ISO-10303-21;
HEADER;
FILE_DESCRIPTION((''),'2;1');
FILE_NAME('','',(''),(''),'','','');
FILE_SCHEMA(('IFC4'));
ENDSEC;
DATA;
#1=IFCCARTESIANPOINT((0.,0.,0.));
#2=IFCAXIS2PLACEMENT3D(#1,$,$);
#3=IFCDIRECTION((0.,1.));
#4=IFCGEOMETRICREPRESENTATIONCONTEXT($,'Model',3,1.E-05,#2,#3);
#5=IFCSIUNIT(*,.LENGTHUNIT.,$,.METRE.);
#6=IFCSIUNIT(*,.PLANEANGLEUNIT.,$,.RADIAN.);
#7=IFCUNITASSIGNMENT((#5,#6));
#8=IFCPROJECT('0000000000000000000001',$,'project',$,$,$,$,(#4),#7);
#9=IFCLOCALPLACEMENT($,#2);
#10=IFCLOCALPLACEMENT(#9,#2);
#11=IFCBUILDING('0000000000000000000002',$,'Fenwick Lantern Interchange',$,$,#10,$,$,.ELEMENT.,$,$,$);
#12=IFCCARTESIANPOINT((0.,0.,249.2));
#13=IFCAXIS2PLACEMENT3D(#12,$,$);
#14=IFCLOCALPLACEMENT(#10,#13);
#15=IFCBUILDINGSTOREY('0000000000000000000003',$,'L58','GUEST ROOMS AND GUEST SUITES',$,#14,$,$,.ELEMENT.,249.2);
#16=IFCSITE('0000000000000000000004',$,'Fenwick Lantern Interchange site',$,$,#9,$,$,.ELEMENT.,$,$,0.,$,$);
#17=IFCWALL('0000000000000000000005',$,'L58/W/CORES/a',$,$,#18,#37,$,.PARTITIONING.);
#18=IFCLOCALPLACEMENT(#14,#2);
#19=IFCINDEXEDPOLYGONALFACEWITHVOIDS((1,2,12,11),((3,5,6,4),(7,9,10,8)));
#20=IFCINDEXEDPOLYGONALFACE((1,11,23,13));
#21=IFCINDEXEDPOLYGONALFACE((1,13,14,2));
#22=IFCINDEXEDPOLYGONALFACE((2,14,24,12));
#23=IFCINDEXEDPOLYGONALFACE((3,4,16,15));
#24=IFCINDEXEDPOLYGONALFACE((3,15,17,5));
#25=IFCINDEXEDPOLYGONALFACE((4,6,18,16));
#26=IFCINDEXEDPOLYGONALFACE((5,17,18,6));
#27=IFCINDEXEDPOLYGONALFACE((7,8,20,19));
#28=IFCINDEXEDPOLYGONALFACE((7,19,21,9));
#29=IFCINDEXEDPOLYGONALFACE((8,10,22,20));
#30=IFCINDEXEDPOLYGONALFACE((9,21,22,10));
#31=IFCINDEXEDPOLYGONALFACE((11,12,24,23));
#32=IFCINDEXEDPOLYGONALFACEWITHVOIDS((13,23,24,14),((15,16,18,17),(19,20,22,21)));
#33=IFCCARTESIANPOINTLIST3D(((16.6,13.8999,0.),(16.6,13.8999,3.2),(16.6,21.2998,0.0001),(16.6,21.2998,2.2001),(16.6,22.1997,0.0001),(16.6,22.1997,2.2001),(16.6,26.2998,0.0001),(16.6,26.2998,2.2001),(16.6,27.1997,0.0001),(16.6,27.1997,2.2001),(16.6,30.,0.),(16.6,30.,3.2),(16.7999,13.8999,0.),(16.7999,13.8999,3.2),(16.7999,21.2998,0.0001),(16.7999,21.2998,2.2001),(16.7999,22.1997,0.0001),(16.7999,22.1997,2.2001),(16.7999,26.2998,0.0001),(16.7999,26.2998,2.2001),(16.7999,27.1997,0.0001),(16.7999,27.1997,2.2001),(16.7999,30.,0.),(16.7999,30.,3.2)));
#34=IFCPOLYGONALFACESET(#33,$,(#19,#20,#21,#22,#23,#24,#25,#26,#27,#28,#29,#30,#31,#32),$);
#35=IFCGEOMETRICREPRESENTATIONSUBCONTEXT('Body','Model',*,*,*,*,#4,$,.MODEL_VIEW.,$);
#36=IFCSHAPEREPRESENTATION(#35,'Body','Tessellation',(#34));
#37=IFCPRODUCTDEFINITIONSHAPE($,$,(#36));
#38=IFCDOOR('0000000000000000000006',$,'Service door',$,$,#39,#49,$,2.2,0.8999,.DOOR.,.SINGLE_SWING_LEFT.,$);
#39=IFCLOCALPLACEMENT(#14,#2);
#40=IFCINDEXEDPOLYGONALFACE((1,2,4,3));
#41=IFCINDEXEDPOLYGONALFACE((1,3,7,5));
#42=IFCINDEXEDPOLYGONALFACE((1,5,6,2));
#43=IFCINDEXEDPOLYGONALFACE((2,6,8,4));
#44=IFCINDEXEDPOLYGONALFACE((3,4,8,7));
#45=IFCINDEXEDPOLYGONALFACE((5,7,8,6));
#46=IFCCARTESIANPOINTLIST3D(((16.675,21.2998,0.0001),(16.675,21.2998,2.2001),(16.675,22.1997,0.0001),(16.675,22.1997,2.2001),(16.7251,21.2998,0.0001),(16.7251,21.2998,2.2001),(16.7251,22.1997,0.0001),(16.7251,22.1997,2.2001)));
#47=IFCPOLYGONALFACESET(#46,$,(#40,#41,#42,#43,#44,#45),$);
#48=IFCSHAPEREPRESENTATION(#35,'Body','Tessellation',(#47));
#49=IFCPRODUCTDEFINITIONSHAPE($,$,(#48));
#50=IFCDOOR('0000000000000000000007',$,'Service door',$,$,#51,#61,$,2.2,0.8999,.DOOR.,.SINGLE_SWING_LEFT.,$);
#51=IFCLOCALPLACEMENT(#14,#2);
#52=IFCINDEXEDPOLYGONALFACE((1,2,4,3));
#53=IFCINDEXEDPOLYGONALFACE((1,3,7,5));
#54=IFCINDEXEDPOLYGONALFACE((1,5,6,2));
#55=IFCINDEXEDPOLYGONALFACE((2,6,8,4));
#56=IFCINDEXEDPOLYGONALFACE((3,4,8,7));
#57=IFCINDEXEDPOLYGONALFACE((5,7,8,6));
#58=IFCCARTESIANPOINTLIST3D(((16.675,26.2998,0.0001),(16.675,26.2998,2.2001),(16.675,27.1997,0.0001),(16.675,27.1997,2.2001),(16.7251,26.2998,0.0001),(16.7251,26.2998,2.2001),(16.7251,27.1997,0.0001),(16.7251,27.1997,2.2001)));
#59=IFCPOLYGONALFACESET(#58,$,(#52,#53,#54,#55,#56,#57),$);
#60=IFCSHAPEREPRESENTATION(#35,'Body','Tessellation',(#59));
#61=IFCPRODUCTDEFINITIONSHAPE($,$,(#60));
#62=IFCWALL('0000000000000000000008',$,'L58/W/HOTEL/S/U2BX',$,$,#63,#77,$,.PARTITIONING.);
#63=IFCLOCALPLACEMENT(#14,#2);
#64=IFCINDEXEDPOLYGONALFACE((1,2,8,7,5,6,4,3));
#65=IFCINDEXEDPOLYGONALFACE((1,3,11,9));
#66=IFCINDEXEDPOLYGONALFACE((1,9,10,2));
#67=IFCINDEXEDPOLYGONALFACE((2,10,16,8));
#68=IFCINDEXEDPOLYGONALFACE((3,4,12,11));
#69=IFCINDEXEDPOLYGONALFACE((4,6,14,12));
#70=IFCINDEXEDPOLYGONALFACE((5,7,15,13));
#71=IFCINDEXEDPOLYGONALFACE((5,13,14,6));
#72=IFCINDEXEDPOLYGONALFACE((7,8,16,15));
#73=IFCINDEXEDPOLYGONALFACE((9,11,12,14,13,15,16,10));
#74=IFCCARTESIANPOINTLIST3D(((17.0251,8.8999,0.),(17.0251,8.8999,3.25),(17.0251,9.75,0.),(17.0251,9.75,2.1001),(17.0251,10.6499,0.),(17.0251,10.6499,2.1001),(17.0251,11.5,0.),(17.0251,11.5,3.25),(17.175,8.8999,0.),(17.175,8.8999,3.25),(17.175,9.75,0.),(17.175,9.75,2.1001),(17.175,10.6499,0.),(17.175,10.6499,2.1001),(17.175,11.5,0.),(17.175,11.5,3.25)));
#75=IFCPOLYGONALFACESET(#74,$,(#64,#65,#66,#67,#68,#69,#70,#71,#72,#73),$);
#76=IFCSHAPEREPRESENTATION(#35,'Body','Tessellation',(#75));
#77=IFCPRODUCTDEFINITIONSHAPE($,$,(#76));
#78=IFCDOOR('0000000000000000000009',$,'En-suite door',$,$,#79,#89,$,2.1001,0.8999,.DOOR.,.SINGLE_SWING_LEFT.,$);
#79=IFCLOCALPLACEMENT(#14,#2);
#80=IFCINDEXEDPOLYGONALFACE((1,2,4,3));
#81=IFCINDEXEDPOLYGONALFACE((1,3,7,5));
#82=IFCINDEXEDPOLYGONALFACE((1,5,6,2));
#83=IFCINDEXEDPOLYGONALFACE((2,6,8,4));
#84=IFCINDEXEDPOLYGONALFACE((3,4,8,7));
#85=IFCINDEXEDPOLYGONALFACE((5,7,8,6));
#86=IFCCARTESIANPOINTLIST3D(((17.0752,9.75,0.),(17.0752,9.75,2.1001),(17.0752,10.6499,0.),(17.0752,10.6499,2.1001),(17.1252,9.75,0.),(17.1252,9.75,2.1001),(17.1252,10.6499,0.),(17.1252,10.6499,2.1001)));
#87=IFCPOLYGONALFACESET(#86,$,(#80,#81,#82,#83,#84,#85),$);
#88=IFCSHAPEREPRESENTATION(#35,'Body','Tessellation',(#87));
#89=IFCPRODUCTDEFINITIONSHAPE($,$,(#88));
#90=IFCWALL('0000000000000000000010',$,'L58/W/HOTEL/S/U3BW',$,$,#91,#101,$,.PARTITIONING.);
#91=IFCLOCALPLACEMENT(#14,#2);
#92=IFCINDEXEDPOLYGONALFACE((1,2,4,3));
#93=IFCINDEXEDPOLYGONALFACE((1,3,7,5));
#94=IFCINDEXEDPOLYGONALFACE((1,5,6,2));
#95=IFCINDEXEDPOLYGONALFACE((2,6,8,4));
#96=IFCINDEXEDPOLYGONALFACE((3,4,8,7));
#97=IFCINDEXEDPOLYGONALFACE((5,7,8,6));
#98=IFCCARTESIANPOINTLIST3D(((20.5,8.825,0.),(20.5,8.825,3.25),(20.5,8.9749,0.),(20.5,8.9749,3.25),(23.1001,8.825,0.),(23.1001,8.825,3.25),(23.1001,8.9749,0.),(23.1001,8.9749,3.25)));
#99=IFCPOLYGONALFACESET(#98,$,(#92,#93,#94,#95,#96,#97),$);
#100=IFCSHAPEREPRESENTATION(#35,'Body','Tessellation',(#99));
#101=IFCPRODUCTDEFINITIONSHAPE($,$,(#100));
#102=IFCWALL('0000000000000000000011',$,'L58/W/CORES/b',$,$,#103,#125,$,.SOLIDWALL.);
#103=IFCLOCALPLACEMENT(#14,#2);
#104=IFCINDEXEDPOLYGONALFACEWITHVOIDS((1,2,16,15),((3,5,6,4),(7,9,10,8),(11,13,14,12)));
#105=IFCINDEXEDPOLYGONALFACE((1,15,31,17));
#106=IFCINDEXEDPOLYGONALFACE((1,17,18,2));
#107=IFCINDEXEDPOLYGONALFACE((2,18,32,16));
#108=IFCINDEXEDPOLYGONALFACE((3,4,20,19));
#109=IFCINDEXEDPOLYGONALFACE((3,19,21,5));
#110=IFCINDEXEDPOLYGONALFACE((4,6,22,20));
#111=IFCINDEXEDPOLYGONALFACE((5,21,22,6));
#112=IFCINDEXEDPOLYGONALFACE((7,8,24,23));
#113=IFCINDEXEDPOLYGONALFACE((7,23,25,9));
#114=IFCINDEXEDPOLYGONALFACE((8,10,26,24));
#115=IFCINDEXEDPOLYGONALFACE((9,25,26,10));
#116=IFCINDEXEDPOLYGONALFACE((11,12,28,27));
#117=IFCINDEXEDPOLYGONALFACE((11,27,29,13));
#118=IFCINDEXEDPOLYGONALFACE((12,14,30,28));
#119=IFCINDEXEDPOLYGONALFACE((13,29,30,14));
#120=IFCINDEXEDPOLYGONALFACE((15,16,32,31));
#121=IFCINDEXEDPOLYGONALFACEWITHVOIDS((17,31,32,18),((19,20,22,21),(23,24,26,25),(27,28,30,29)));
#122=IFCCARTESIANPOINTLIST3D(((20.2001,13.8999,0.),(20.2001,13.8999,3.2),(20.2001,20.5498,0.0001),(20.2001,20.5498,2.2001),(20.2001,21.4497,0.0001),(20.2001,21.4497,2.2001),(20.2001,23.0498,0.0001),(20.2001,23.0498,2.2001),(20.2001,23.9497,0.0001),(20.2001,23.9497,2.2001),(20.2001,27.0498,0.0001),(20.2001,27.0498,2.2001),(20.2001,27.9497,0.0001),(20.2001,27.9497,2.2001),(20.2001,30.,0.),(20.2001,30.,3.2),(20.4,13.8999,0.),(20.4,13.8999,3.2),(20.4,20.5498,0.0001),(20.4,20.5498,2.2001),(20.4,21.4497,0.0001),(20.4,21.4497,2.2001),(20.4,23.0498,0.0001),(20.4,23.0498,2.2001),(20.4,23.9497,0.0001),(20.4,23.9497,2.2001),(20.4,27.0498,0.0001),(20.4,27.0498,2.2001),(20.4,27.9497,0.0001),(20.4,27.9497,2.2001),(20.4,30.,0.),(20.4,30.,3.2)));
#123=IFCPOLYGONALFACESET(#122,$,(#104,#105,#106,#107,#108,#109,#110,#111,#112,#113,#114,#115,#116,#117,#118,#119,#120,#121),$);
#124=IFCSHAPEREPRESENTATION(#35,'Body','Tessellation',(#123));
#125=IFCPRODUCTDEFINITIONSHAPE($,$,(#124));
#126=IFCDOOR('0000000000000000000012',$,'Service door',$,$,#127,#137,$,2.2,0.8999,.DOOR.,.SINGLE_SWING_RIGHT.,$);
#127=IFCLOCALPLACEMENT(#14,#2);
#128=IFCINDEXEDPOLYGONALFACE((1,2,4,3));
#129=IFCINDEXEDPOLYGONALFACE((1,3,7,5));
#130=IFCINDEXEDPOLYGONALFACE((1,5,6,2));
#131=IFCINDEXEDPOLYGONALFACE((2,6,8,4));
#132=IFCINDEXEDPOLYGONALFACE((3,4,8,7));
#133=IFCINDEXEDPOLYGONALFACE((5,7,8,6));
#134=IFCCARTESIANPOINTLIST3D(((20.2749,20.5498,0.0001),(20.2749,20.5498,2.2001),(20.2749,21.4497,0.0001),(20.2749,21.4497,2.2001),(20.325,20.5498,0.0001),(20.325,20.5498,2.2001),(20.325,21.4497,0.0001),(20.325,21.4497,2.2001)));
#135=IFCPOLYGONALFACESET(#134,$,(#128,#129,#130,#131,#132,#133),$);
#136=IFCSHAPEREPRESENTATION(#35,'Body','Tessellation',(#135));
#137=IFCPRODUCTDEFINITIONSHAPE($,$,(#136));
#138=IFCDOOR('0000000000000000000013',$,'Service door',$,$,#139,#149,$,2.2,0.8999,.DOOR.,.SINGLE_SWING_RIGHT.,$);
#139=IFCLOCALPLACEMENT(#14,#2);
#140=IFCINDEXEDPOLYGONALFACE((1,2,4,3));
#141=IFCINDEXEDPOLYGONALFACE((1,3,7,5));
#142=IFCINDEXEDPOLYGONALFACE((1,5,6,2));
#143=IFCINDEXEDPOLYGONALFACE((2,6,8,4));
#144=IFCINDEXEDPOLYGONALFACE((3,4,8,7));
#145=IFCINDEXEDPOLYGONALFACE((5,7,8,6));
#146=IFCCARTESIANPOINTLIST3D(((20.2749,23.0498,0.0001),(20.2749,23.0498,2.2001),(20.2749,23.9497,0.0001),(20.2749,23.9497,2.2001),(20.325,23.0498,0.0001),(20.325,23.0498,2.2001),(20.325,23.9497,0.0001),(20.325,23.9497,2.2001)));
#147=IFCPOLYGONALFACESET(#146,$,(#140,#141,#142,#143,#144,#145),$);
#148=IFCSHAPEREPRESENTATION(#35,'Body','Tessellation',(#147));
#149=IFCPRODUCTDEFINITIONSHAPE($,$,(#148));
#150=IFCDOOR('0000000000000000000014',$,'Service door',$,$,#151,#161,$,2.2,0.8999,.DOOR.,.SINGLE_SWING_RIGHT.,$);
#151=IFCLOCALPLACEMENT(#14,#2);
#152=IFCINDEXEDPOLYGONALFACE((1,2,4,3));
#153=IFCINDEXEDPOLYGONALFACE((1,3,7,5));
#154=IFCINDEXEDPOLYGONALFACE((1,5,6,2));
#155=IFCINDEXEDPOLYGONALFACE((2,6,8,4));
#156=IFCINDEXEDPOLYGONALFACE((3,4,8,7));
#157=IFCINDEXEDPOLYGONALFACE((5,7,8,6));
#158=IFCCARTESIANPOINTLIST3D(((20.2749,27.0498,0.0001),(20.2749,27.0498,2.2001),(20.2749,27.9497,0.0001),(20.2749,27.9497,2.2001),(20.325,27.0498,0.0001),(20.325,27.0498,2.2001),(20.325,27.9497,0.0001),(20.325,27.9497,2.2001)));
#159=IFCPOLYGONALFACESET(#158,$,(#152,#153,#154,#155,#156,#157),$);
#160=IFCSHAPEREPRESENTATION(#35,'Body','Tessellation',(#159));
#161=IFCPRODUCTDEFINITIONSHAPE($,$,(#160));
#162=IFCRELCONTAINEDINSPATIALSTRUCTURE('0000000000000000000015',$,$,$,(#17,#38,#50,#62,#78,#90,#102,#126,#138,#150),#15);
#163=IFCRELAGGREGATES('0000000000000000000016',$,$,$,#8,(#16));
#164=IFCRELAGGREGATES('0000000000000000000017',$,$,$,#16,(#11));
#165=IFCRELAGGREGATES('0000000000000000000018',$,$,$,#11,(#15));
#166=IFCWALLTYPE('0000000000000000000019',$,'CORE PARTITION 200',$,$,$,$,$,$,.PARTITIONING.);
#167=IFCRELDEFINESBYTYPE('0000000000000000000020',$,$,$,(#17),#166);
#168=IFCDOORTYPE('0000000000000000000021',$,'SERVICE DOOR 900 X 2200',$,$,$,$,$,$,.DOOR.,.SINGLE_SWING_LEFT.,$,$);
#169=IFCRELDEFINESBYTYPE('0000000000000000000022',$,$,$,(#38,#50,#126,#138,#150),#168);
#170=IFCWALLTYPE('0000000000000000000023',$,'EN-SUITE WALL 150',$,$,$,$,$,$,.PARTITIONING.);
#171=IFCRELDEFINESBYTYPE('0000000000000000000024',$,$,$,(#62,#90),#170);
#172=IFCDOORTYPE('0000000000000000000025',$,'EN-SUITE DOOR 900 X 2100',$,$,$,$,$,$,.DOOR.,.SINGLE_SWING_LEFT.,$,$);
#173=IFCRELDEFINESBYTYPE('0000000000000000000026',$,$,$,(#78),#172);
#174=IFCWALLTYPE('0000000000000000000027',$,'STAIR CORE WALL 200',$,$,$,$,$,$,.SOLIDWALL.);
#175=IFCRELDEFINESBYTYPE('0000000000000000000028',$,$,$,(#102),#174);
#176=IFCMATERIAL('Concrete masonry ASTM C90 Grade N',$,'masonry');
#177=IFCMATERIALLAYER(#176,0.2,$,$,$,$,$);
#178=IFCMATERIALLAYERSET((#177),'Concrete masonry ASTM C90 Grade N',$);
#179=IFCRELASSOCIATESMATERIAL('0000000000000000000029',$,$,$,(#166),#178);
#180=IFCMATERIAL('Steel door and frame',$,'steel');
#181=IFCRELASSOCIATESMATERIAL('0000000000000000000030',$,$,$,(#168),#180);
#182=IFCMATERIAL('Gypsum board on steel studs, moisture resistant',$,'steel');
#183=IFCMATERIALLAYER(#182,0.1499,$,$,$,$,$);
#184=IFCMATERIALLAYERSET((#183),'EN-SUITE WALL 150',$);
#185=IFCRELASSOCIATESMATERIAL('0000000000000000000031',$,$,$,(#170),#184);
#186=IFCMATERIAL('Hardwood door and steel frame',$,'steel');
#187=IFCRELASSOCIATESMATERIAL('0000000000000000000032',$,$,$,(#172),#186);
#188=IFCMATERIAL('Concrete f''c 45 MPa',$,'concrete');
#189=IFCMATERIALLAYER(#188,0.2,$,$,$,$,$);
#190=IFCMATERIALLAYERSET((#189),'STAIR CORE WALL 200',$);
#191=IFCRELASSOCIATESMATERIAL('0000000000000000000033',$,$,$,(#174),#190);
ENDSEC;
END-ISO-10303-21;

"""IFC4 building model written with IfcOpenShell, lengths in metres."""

from ifc_helpers import new_model, si_unit, direction, frame, frame_2d, origin, place, context, subcontext, project, spatial, rectangle, extrude, material, layer, layer_set, type_object, element, fill, save


model = new_model("IFC4")

# Units and contexts
model_context = context("Model", 3, precision=1e-05, world=origin(), true_north=direction((0.0, 1.0)))
body_context = subcontext(model_context, "Body", "Model", "MODEL_VIEW")
ifc_project = project(units=[si_unit("LENGTHUNIT", "METRE"), si_unit("PLANEANGLEUNIT", "RADIAN")], contexts=[model_context])

# Site, building, storey
site_placement = place(None, origin())
site = spatial("IfcSite", under=ifc_project, at=site_placement, Name="Fenwick Lantern Interchange site", CompositionType="ELEMENT", RefElevation=0.0)
building_placement = place(site_placement, origin())
building = spatial("IfcBuilding", under=site, at=building_placement, Name="Fenwick Lantern Interchange", CompositionType="ELEMENT")
storey_placement = place(building_placement, frame((0.0, 0.0, 249.2)))
storey = spatial("IfcBuildingStorey", under=building, at=storey_placement, Name="L58", Description="GUEST ROOMS AND GUEST SUITES", CompositionType="ELEMENT", Elevation=249.2)

# Wall, openings, doors
ifc_material_1 = material(Name="Concrete masonry ASTM C90 Grade N", Category="masonry")
ifc_layer_1 = layer(ifc_material_1, 0.2)
ifc_layer_set_1 = layer_set([ifc_layer_1], Name="Concrete masonry ASTM C90 Grade N")
wall_type_1 = type_object("IfcWallType", Name="CORE PARTITION 200", PredefinedType="PARTITIONING", material=ifc_layer_set_1)
wall_1_placement = place(storey_placement, frame((16.7, 13.8999, 0.0), z_axis=(0.0, 0.0, 1.0), x_axis=(0.0, 1.0, 0.0)))
wall_1 = element("IfcWall", 1, at=wall_1_placement, inside=storey, type_object=wall_type_1, Name="L58/W/CORES/a", PredefinedType="PARTITIONING", context=body_context, shape_type="SweptSolid", body=[
    extrude(rectangle(XDim=16.1001, YDim=0.2, at=frame_2d((8.05, 0.0))), origin(), (0.0, 0.0, 1.0), 3.2),
])
opening_1_placement = place(wall_1_placement, frame((7.3999, 0.0, 0.0)))
opening_1 = element("IfcOpeningElement", 2, at=opening_1_placement, cuts=wall_1, PredefinedType="OPENING", context=body_context, shape_type="SweptSolid", body=[
    extrude(rectangle(XDim=0.8999, YDim=2.2, at=frame_2d((0.45, 1.1001))), frame((0.0, 0.1099, 0.0), z_axis=(0.0, -1.0, 0.0), x_axis=(1.0, 0.0, 0.0)), (0.0, 0.0, 1.0), 0.22),
])
opening_2_placement = place(wall_1_placement, frame((12.3999, 0.0, 0.0)))
opening_2 = element("IfcOpeningElement", 3, at=opening_2_placement, cuts=wall_1, PredefinedType="OPENING", context=body_context, shape_type="SweptSolid", body=[
    extrude(rectangle(XDim=0.8999, YDim=2.2, at=frame_2d((0.45, 1.1001))), frame((0.0, 0.1099, 0.0), z_axis=(0.0, -1.0, 0.0), x_axis=(1.0, 0.0, 0.0)), (0.0, 0.0, 1.0), 0.22),
])
ifc_material_2 = material(Name="Steel door and frame", Category="steel")
door_type_1 = type_object("IfcDoorType", Name="SERVICE DOOR 900 X 2200", OperationType="SINGLE_SWING_LEFT", PredefinedType="DOOR", material=ifc_material_2)
door_1_placement = place(opening_1_placement, origin())
door_1 = element("IfcDoor", 4, at=door_1_placement, inside=storey, type_object=door_type_1, Name="Service door", OperationType="SINGLE_SWING_LEFT", OverallHeight=2.2, OverallWidth=0.8999, PredefinedType="DOOR", context=body_context, shape_type="SweptSolid", body=[
    extrude(rectangle(XDim=0.8999, YDim=2.2, at=frame_2d((0.45, 1.1001))), frame((0.0, 0.0249, 0.0), z_axis=(0.0, -1.0, 0.0), x_axis=(1.0, 0.0, 0.0)), (0.0, 0.0, 1.0), 0.05),
])
fill(opening_1, door_1)
door_2_placement = place(opening_2_placement, origin())
door_2 = element("IfcDoor", 5, at=door_2_placement, inside=storey, type_object=door_type_1, Name="Service door", OperationType="SINGLE_SWING_LEFT", OverallHeight=2.2, OverallWidth=0.8999, PredefinedType="DOOR", context=body_context, shape_type="SweptSolid", body=[
    extrude(rectangle(XDim=0.8999, YDim=2.2, at=frame_2d((0.45, 1.1001))), frame((0.0, 0.0249, 0.0), z_axis=(0.0, -1.0, 0.0), x_axis=(1.0, 0.0, 0.0)), (0.0, 0.0, 1.0), 0.05),
])
fill(opening_2, door_2)
ifc_material_3 = material(Name="Hardwood door and steel frame", Category="steel")

# Wall, opening, door
ifc_material_4 = material(Name="Gypsum board on steel studs, moisture resistant", Category="steel")
ifc_layer_2 = layer(ifc_material_4, 0.1499)
ifc_layer_set_2 = layer_set([ifc_layer_2], Name="EN-SUITE WALL 150")
wall_type_2 = type_object("IfcWallType", Name="EN-SUITE WALL 150", PredefinedType="PARTITIONING", material=ifc_layer_set_2)
wall_2_placement = place(storey_placement, frame((17.1001, 8.8999, 0.0), z_axis=(0.0, 0.0, 1.0), x_axis=(0.0, 1.0, 0.0)))
wall_2 = element("IfcWall", 6, at=wall_2_placement, inside=storey, type_object=wall_type_2, Name="L58/W/HOTEL/S/U2BX", PredefinedType="PARTITIONING", context=body_context, shape_type="SweptSolid", body=[
    extrude(rectangle(XDim=2.6001, YDim=0.1499, at=frame_2d((1.3, 0.0))), origin(), (0.0, 0.0, 1.0), 3.25),
])
opening_3_placement = place(wall_2_placement, frame((0.8501, 0.0, 0.0)))
opening_3 = element("IfcOpeningElement", 7, at=opening_3_placement, cuts=wall_2, PredefinedType="OPENING", context=body_context, shape_type="SweptSolid", body=[
    extrude(rectangle(XDim=0.8999, YDim=2.1001, at=frame_2d((0.45, 1.05))), frame((0.0, 0.085, 0.0), z_axis=(0.0, -1.0, 0.0), x_axis=(1.0, 0.0, 0.0)), (0.0, 0.0, 1.0), 0.1699),
])
door_type_2 = type_object("IfcDoorType", Name="EN-SUITE DOOR 900 X 2100", OperationType="SINGLE_SWING_LEFT", PredefinedType="DOOR", material=ifc_material_3)
door_3_placement = place(opening_3_placement, origin())
door_3 = element("IfcDoor", 8, at=door_3_placement, inside=storey, type_object=door_type_2, Name="En-suite door", OperationType="SINGLE_SWING_LEFT", OverallHeight=2.1001, OverallWidth=0.8999, PredefinedType="DOOR", context=body_context, shape_type="SweptSolid", body=[
    extrude(rectangle(XDim=0.8999, YDim=2.1001, at=frame_2d((0.45, 1.05))), frame((0.0, 0.0249, 0.0), z_axis=(0.0, -1.0, 0.0), x_axis=(1.0, 0.0, 0.0)), (0.0, 0.0, 1.0), 0.05),
])
fill(opening_3, door_3)

# Wall
wall_3_placement = place(storey_placement, frame((20.5, 8.8999, 0.0), z_axis=(0.0, 0.0, 1.0), x_axis=(1.0, 0.0, 0.0)))
element("IfcWall", 9, at=wall_3_placement, inside=storey, type_object=wall_type_2, Name="L58/W/HOTEL/S/U3BW", PredefinedType="PARTITIONING", context=body_context, shape_type="SweptSolid", body=[
    extrude(rectangle(XDim=2.6001, YDim=0.1499, at=frame_2d((1.3, 0.0))), origin(), (0.0, 0.0, 1.0), 3.25),
])

# Wall, openings, doors
ifc_material_5 = material(Name="Concrete f'c 45 MPa", Category="concrete")
ifc_layer_3 = layer(ifc_material_5, 0.2)
ifc_layer_set_3 = layer_set([ifc_layer_3], Name="STAIR CORE WALL 200")
wall_type_3 = type_object("IfcWallType", Name="STAIR CORE WALL 200", PredefinedType="SOLIDWALL", material=ifc_layer_set_3)
wall_4_placement = place(storey_placement, frame((20.3, 13.8999, 0.0), z_axis=(0.0, 0.0, 1.0), x_axis=(0.0, 1.0, 0.0)))
wall_4 = element("IfcWall", 10, at=wall_4_placement, inside=storey, type_object=wall_type_3, Name="L58/W/CORES/b", PredefinedType="SOLIDWALL", context=body_context, shape_type="SweptSolid", body=[
    extrude(rectangle(XDim=16.1001, YDim=0.2, at=frame_2d((8.05, 0.0))), origin(), (0.0, 0.0, 1.0), 3.2),
])
opening_4_placement = place(wall_4_placement, frame((6.6499, 0.0, 0.0)))
opening_4 = element("IfcOpeningElement", 11, at=opening_4_placement, cuts=wall_4, PredefinedType="OPENING", context=body_context, shape_type="SweptSolid", body=[
    extrude(rectangle(XDim=0.8999, YDim=2.2, at=frame_2d((0.45, 1.1001))), frame((0.0, 0.1099, 0.0), z_axis=(0.0, -1.0, 0.0), x_axis=(1.0, 0.0, 0.0)), (0.0, 0.0, 1.0), 0.22),
])
opening_5_placement = place(wall_4_placement, frame((9.1499, 0.0, 0.0)))
opening_5 = element("IfcOpeningElement", 12, at=opening_5_placement, cuts=wall_4, PredefinedType="OPENING", context=body_context, shape_type="SweptSolid", body=[
    extrude(rectangle(XDim=0.8999, YDim=2.2, at=frame_2d((0.45, 1.1001))), frame((0.0, 0.1099, 0.0), z_axis=(0.0, -1.0, 0.0), x_axis=(1.0, 0.0, 0.0)), (0.0, 0.0, 1.0), 0.22),
])
opening_6_placement = place(wall_4_placement, frame((13.1499, 0.0, 0.0)))
opening_6 = element("IfcOpeningElement", 13, at=opening_6_placement, cuts=wall_4, PredefinedType="OPENING", context=body_context, shape_type="SweptSolid", body=[
    extrude(rectangle(XDim=0.8999, YDim=2.2, at=frame_2d((0.45, 1.1001))), frame((0.0, 0.1099, 0.0), z_axis=(0.0, -1.0, 0.0), x_axis=(1.0, 0.0, 0.0)), (0.0, 0.0, 1.0), 0.22),
])
door_4_placement = place(opening_4_placement, frame((0.8999, 0.0, 0.0), z_axis=(0.0, 0.0, 1.0), x_axis=(-1.0, 0.0, 0.0)))
door_4 = element("IfcDoor", 14, at=door_4_placement, inside=storey, type_object=door_type_1, Name="Service door", OperationType="SINGLE_SWING_RIGHT", OverallHeight=2.2, OverallWidth=0.8999, PredefinedType="DOOR", context=body_context, shape_type="SweptSolid", body=[
    extrude(rectangle(XDim=0.8999, YDim=2.2, at=frame_2d((0.45, 1.1001))), frame((0.0, 0.0249, 0.0), z_axis=(0.0, -1.0, 0.0), x_axis=(1.0, 0.0, 0.0)), (0.0, 0.0, 1.0), 0.05),
])
fill(opening_4, door_4)
door_5_placement = place(opening_5_placement, frame((0.8999, 0.0, 0.0), z_axis=(0.0, 0.0, 1.0), x_axis=(-1.0, 0.0, 0.0)))
door_5 = element("IfcDoor", 15, at=door_5_placement, inside=storey, type_object=door_type_1, Name="Service door", OperationType="SINGLE_SWING_RIGHT", OverallHeight=2.2, OverallWidth=0.8999, PredefinedType="DOOR", context=body_context, shape_type="SweptSolid", body=[
    extrude(rectangle(XDim=0.8999, YDim=2.2, at=frame_2d((0.45, 1.1001))), frame((0.0, 0.0249, 0.0), z_axis=(0.0, -1.0, 0.0), x_axis=(1.0, 0.0, 0.0)), (0.0, 0.0, 1.0), 0.05),
])
fill(opening_5, door_5)
door_6_placement = place(opening_6_placement, frame((0.8999, 0.0, 0.0), z_axis=(0.0, 0.0, 1.0), x_axis=(-1.0, 0.0, 0.0)))
door_6 = element("IfcDoor", 16, at=door_6_placement, inside=storey, type_object=door_type_1, Name="Service door", OperationType="SINGLE_SWING_RIGHT", OverallHeight=2.2, OverallWidth=0.8999, PredefinedType="DOOR", context=body_context, shape_type="SweptSolid", body=[
    extrude(rectangle(XDim=0.8999, YDim=2.2, at=frame_2d((0.45, 1.1001))), frame((0.0, 0.0249, 0.0), z_axis=(0.0, -1.0, 0.0), x_axis=(1.0, 0.0, 0.0)), (0.0, 0.0, 1.0), 0.05),
])
fill(opening_6, door_6)

save(model, "model.ifc")
